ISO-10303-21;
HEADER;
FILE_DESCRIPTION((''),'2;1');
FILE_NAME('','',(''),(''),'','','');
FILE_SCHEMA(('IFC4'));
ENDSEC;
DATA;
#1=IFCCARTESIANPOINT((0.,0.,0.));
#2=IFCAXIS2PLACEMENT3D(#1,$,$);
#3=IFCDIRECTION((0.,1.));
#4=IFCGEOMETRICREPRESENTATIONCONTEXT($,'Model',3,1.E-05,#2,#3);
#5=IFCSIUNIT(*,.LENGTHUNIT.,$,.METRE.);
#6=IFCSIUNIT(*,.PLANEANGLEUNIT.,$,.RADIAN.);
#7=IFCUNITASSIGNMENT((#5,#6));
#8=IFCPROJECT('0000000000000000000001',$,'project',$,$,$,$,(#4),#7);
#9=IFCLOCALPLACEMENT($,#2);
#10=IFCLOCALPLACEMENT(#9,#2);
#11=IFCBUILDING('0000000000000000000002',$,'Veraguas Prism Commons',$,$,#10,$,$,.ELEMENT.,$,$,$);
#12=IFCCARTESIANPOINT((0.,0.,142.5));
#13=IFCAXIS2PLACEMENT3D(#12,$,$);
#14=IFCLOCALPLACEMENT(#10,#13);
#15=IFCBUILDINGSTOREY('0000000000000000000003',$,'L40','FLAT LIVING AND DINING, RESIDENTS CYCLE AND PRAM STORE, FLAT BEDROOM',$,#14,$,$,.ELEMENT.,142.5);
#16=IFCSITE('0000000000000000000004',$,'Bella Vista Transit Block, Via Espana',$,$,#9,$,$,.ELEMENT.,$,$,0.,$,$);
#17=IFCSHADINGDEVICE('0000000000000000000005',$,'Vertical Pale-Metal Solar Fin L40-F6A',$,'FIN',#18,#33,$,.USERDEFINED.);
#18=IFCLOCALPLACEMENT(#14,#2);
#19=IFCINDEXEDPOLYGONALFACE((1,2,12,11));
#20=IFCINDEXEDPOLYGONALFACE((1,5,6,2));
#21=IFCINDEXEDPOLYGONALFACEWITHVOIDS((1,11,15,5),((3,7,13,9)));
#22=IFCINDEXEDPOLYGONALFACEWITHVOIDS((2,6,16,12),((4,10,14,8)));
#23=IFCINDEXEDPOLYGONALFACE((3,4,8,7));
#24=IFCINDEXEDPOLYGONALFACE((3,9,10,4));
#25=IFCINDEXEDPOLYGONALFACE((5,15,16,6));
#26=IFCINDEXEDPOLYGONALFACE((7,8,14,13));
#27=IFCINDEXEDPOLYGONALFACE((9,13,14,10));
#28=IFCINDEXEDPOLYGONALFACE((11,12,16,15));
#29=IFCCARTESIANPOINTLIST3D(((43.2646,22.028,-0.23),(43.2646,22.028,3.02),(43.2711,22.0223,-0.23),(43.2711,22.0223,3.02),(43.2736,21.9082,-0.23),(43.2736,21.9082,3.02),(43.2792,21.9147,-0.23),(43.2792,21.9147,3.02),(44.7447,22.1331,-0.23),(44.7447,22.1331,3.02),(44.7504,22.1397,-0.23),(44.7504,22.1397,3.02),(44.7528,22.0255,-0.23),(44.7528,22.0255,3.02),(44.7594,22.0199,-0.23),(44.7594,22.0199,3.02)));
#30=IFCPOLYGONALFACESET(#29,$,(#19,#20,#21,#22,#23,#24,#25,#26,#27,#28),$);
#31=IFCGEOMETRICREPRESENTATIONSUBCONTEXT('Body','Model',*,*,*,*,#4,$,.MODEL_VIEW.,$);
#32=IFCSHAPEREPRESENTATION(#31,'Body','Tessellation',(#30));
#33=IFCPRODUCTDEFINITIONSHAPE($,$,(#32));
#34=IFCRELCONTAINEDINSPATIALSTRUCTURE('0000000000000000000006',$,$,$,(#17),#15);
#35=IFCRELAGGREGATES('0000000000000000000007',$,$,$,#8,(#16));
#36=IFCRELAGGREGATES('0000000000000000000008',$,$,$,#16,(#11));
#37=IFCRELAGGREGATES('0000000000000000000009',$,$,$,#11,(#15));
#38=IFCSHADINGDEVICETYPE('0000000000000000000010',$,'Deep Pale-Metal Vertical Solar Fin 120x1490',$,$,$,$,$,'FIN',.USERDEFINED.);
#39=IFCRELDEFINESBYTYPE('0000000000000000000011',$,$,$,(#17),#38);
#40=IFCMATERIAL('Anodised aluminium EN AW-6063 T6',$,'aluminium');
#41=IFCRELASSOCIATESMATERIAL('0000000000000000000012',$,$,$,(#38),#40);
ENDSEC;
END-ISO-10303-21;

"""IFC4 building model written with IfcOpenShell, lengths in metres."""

from ifc_helpers import new_model, si_unit, direction, frame, origin, origin_2d, place, context, subcontext, project, spatial, hollow_rectangle, extrude, material, material_profile, profile_set, type_object, element, save


model = new_model("IFC4")

# Units and contexts
model_context = context("Model", 3, precision=1e-05, world=origin(), true_north=direction((0.0, 1.0)))
body_context = subcontext(model_context, "Body", "Model", "MODEL_VIEW")
ifc_project = project(units=[si_unit("LENGTHUNIT", "METRE"), si_unit("PLANEANGLEUNIT", "RADIAN")], contexts=[model_context])

# Site, building, storey
site_placement = place(None, origin())
site = spatial("IfcSite", under=ifc_project, at=site_placement, Name="Bella Vista Transit Block, Via Espana", CompositionType="ELEMENT", RefElevation=0.0)
building_placement = place(site_placement, origin())
building = spatial("IfcBuilding", under=site, at=building_placement, Name="Veraguas Prism Commons", CompositionType="ELEMENT")
storey_placement = place(building_placement, frame((0.0, 0.0, 142.5)))
storey = spatial("IfcBuildingStorey", under=building, at=storey_placement, Name="L40", Description="FLAT LIVING AND DINING, RESIDENTS CYCLE AND PRAM STORE, FLAT BEDROOM", CompositionType="ELEMENT", Elevation=142.5)

# Shared definitions
ifc_material_1 = material(Name="Anodised aluminium EN AW-6063 T6", Category="aluminium")

# Shading device
ifc_material_profile_1 = material_profile(ifc_material_1, hollow_rectangle(XDim=0.1201, YDim=1.49, WallThickness=0.0061, at=origin_2d()), Name="FIN120X1490X6")
ifc_profile_set_1 = profile_set([ifc_material_profile_1], Name="Anodised aluminium EN AW-6063 T6")
shading_device_type = type_object("IfcShadingDeviceType", Name="Deep Pale-Metal Vertical Solar Fin 120x1490", ElementType="FIN", PredefinedType="USERDEFINED", material=ifc_profile_set_1)
shading_device_placement = place(storey_placement, frame((44.012, 22.0239, -0.23), z_axis=(0.0, 0.0, 1.0), x_axis=(-0.074979, 0.997185, 0.0)))
element("IfcShadingDevice", 1, at=shading_device_placement, inside=storey, type_object=shading_device_type, Name="Vertical Pale-Metal Solar Fin L40-F6A", ObjectType="FIN", PredefinedType="USERDEFINED", context=body_context, shape_type="SweptSolid", body=[
    extrude(hollow_rectangle(XDim=0.1201, YDim=1.49, WallThickness=0.0061, at=origin_2d()), origin(), (0.0, 0.0, 1.0), 3.25),
])

save(model, "model.ifc")
